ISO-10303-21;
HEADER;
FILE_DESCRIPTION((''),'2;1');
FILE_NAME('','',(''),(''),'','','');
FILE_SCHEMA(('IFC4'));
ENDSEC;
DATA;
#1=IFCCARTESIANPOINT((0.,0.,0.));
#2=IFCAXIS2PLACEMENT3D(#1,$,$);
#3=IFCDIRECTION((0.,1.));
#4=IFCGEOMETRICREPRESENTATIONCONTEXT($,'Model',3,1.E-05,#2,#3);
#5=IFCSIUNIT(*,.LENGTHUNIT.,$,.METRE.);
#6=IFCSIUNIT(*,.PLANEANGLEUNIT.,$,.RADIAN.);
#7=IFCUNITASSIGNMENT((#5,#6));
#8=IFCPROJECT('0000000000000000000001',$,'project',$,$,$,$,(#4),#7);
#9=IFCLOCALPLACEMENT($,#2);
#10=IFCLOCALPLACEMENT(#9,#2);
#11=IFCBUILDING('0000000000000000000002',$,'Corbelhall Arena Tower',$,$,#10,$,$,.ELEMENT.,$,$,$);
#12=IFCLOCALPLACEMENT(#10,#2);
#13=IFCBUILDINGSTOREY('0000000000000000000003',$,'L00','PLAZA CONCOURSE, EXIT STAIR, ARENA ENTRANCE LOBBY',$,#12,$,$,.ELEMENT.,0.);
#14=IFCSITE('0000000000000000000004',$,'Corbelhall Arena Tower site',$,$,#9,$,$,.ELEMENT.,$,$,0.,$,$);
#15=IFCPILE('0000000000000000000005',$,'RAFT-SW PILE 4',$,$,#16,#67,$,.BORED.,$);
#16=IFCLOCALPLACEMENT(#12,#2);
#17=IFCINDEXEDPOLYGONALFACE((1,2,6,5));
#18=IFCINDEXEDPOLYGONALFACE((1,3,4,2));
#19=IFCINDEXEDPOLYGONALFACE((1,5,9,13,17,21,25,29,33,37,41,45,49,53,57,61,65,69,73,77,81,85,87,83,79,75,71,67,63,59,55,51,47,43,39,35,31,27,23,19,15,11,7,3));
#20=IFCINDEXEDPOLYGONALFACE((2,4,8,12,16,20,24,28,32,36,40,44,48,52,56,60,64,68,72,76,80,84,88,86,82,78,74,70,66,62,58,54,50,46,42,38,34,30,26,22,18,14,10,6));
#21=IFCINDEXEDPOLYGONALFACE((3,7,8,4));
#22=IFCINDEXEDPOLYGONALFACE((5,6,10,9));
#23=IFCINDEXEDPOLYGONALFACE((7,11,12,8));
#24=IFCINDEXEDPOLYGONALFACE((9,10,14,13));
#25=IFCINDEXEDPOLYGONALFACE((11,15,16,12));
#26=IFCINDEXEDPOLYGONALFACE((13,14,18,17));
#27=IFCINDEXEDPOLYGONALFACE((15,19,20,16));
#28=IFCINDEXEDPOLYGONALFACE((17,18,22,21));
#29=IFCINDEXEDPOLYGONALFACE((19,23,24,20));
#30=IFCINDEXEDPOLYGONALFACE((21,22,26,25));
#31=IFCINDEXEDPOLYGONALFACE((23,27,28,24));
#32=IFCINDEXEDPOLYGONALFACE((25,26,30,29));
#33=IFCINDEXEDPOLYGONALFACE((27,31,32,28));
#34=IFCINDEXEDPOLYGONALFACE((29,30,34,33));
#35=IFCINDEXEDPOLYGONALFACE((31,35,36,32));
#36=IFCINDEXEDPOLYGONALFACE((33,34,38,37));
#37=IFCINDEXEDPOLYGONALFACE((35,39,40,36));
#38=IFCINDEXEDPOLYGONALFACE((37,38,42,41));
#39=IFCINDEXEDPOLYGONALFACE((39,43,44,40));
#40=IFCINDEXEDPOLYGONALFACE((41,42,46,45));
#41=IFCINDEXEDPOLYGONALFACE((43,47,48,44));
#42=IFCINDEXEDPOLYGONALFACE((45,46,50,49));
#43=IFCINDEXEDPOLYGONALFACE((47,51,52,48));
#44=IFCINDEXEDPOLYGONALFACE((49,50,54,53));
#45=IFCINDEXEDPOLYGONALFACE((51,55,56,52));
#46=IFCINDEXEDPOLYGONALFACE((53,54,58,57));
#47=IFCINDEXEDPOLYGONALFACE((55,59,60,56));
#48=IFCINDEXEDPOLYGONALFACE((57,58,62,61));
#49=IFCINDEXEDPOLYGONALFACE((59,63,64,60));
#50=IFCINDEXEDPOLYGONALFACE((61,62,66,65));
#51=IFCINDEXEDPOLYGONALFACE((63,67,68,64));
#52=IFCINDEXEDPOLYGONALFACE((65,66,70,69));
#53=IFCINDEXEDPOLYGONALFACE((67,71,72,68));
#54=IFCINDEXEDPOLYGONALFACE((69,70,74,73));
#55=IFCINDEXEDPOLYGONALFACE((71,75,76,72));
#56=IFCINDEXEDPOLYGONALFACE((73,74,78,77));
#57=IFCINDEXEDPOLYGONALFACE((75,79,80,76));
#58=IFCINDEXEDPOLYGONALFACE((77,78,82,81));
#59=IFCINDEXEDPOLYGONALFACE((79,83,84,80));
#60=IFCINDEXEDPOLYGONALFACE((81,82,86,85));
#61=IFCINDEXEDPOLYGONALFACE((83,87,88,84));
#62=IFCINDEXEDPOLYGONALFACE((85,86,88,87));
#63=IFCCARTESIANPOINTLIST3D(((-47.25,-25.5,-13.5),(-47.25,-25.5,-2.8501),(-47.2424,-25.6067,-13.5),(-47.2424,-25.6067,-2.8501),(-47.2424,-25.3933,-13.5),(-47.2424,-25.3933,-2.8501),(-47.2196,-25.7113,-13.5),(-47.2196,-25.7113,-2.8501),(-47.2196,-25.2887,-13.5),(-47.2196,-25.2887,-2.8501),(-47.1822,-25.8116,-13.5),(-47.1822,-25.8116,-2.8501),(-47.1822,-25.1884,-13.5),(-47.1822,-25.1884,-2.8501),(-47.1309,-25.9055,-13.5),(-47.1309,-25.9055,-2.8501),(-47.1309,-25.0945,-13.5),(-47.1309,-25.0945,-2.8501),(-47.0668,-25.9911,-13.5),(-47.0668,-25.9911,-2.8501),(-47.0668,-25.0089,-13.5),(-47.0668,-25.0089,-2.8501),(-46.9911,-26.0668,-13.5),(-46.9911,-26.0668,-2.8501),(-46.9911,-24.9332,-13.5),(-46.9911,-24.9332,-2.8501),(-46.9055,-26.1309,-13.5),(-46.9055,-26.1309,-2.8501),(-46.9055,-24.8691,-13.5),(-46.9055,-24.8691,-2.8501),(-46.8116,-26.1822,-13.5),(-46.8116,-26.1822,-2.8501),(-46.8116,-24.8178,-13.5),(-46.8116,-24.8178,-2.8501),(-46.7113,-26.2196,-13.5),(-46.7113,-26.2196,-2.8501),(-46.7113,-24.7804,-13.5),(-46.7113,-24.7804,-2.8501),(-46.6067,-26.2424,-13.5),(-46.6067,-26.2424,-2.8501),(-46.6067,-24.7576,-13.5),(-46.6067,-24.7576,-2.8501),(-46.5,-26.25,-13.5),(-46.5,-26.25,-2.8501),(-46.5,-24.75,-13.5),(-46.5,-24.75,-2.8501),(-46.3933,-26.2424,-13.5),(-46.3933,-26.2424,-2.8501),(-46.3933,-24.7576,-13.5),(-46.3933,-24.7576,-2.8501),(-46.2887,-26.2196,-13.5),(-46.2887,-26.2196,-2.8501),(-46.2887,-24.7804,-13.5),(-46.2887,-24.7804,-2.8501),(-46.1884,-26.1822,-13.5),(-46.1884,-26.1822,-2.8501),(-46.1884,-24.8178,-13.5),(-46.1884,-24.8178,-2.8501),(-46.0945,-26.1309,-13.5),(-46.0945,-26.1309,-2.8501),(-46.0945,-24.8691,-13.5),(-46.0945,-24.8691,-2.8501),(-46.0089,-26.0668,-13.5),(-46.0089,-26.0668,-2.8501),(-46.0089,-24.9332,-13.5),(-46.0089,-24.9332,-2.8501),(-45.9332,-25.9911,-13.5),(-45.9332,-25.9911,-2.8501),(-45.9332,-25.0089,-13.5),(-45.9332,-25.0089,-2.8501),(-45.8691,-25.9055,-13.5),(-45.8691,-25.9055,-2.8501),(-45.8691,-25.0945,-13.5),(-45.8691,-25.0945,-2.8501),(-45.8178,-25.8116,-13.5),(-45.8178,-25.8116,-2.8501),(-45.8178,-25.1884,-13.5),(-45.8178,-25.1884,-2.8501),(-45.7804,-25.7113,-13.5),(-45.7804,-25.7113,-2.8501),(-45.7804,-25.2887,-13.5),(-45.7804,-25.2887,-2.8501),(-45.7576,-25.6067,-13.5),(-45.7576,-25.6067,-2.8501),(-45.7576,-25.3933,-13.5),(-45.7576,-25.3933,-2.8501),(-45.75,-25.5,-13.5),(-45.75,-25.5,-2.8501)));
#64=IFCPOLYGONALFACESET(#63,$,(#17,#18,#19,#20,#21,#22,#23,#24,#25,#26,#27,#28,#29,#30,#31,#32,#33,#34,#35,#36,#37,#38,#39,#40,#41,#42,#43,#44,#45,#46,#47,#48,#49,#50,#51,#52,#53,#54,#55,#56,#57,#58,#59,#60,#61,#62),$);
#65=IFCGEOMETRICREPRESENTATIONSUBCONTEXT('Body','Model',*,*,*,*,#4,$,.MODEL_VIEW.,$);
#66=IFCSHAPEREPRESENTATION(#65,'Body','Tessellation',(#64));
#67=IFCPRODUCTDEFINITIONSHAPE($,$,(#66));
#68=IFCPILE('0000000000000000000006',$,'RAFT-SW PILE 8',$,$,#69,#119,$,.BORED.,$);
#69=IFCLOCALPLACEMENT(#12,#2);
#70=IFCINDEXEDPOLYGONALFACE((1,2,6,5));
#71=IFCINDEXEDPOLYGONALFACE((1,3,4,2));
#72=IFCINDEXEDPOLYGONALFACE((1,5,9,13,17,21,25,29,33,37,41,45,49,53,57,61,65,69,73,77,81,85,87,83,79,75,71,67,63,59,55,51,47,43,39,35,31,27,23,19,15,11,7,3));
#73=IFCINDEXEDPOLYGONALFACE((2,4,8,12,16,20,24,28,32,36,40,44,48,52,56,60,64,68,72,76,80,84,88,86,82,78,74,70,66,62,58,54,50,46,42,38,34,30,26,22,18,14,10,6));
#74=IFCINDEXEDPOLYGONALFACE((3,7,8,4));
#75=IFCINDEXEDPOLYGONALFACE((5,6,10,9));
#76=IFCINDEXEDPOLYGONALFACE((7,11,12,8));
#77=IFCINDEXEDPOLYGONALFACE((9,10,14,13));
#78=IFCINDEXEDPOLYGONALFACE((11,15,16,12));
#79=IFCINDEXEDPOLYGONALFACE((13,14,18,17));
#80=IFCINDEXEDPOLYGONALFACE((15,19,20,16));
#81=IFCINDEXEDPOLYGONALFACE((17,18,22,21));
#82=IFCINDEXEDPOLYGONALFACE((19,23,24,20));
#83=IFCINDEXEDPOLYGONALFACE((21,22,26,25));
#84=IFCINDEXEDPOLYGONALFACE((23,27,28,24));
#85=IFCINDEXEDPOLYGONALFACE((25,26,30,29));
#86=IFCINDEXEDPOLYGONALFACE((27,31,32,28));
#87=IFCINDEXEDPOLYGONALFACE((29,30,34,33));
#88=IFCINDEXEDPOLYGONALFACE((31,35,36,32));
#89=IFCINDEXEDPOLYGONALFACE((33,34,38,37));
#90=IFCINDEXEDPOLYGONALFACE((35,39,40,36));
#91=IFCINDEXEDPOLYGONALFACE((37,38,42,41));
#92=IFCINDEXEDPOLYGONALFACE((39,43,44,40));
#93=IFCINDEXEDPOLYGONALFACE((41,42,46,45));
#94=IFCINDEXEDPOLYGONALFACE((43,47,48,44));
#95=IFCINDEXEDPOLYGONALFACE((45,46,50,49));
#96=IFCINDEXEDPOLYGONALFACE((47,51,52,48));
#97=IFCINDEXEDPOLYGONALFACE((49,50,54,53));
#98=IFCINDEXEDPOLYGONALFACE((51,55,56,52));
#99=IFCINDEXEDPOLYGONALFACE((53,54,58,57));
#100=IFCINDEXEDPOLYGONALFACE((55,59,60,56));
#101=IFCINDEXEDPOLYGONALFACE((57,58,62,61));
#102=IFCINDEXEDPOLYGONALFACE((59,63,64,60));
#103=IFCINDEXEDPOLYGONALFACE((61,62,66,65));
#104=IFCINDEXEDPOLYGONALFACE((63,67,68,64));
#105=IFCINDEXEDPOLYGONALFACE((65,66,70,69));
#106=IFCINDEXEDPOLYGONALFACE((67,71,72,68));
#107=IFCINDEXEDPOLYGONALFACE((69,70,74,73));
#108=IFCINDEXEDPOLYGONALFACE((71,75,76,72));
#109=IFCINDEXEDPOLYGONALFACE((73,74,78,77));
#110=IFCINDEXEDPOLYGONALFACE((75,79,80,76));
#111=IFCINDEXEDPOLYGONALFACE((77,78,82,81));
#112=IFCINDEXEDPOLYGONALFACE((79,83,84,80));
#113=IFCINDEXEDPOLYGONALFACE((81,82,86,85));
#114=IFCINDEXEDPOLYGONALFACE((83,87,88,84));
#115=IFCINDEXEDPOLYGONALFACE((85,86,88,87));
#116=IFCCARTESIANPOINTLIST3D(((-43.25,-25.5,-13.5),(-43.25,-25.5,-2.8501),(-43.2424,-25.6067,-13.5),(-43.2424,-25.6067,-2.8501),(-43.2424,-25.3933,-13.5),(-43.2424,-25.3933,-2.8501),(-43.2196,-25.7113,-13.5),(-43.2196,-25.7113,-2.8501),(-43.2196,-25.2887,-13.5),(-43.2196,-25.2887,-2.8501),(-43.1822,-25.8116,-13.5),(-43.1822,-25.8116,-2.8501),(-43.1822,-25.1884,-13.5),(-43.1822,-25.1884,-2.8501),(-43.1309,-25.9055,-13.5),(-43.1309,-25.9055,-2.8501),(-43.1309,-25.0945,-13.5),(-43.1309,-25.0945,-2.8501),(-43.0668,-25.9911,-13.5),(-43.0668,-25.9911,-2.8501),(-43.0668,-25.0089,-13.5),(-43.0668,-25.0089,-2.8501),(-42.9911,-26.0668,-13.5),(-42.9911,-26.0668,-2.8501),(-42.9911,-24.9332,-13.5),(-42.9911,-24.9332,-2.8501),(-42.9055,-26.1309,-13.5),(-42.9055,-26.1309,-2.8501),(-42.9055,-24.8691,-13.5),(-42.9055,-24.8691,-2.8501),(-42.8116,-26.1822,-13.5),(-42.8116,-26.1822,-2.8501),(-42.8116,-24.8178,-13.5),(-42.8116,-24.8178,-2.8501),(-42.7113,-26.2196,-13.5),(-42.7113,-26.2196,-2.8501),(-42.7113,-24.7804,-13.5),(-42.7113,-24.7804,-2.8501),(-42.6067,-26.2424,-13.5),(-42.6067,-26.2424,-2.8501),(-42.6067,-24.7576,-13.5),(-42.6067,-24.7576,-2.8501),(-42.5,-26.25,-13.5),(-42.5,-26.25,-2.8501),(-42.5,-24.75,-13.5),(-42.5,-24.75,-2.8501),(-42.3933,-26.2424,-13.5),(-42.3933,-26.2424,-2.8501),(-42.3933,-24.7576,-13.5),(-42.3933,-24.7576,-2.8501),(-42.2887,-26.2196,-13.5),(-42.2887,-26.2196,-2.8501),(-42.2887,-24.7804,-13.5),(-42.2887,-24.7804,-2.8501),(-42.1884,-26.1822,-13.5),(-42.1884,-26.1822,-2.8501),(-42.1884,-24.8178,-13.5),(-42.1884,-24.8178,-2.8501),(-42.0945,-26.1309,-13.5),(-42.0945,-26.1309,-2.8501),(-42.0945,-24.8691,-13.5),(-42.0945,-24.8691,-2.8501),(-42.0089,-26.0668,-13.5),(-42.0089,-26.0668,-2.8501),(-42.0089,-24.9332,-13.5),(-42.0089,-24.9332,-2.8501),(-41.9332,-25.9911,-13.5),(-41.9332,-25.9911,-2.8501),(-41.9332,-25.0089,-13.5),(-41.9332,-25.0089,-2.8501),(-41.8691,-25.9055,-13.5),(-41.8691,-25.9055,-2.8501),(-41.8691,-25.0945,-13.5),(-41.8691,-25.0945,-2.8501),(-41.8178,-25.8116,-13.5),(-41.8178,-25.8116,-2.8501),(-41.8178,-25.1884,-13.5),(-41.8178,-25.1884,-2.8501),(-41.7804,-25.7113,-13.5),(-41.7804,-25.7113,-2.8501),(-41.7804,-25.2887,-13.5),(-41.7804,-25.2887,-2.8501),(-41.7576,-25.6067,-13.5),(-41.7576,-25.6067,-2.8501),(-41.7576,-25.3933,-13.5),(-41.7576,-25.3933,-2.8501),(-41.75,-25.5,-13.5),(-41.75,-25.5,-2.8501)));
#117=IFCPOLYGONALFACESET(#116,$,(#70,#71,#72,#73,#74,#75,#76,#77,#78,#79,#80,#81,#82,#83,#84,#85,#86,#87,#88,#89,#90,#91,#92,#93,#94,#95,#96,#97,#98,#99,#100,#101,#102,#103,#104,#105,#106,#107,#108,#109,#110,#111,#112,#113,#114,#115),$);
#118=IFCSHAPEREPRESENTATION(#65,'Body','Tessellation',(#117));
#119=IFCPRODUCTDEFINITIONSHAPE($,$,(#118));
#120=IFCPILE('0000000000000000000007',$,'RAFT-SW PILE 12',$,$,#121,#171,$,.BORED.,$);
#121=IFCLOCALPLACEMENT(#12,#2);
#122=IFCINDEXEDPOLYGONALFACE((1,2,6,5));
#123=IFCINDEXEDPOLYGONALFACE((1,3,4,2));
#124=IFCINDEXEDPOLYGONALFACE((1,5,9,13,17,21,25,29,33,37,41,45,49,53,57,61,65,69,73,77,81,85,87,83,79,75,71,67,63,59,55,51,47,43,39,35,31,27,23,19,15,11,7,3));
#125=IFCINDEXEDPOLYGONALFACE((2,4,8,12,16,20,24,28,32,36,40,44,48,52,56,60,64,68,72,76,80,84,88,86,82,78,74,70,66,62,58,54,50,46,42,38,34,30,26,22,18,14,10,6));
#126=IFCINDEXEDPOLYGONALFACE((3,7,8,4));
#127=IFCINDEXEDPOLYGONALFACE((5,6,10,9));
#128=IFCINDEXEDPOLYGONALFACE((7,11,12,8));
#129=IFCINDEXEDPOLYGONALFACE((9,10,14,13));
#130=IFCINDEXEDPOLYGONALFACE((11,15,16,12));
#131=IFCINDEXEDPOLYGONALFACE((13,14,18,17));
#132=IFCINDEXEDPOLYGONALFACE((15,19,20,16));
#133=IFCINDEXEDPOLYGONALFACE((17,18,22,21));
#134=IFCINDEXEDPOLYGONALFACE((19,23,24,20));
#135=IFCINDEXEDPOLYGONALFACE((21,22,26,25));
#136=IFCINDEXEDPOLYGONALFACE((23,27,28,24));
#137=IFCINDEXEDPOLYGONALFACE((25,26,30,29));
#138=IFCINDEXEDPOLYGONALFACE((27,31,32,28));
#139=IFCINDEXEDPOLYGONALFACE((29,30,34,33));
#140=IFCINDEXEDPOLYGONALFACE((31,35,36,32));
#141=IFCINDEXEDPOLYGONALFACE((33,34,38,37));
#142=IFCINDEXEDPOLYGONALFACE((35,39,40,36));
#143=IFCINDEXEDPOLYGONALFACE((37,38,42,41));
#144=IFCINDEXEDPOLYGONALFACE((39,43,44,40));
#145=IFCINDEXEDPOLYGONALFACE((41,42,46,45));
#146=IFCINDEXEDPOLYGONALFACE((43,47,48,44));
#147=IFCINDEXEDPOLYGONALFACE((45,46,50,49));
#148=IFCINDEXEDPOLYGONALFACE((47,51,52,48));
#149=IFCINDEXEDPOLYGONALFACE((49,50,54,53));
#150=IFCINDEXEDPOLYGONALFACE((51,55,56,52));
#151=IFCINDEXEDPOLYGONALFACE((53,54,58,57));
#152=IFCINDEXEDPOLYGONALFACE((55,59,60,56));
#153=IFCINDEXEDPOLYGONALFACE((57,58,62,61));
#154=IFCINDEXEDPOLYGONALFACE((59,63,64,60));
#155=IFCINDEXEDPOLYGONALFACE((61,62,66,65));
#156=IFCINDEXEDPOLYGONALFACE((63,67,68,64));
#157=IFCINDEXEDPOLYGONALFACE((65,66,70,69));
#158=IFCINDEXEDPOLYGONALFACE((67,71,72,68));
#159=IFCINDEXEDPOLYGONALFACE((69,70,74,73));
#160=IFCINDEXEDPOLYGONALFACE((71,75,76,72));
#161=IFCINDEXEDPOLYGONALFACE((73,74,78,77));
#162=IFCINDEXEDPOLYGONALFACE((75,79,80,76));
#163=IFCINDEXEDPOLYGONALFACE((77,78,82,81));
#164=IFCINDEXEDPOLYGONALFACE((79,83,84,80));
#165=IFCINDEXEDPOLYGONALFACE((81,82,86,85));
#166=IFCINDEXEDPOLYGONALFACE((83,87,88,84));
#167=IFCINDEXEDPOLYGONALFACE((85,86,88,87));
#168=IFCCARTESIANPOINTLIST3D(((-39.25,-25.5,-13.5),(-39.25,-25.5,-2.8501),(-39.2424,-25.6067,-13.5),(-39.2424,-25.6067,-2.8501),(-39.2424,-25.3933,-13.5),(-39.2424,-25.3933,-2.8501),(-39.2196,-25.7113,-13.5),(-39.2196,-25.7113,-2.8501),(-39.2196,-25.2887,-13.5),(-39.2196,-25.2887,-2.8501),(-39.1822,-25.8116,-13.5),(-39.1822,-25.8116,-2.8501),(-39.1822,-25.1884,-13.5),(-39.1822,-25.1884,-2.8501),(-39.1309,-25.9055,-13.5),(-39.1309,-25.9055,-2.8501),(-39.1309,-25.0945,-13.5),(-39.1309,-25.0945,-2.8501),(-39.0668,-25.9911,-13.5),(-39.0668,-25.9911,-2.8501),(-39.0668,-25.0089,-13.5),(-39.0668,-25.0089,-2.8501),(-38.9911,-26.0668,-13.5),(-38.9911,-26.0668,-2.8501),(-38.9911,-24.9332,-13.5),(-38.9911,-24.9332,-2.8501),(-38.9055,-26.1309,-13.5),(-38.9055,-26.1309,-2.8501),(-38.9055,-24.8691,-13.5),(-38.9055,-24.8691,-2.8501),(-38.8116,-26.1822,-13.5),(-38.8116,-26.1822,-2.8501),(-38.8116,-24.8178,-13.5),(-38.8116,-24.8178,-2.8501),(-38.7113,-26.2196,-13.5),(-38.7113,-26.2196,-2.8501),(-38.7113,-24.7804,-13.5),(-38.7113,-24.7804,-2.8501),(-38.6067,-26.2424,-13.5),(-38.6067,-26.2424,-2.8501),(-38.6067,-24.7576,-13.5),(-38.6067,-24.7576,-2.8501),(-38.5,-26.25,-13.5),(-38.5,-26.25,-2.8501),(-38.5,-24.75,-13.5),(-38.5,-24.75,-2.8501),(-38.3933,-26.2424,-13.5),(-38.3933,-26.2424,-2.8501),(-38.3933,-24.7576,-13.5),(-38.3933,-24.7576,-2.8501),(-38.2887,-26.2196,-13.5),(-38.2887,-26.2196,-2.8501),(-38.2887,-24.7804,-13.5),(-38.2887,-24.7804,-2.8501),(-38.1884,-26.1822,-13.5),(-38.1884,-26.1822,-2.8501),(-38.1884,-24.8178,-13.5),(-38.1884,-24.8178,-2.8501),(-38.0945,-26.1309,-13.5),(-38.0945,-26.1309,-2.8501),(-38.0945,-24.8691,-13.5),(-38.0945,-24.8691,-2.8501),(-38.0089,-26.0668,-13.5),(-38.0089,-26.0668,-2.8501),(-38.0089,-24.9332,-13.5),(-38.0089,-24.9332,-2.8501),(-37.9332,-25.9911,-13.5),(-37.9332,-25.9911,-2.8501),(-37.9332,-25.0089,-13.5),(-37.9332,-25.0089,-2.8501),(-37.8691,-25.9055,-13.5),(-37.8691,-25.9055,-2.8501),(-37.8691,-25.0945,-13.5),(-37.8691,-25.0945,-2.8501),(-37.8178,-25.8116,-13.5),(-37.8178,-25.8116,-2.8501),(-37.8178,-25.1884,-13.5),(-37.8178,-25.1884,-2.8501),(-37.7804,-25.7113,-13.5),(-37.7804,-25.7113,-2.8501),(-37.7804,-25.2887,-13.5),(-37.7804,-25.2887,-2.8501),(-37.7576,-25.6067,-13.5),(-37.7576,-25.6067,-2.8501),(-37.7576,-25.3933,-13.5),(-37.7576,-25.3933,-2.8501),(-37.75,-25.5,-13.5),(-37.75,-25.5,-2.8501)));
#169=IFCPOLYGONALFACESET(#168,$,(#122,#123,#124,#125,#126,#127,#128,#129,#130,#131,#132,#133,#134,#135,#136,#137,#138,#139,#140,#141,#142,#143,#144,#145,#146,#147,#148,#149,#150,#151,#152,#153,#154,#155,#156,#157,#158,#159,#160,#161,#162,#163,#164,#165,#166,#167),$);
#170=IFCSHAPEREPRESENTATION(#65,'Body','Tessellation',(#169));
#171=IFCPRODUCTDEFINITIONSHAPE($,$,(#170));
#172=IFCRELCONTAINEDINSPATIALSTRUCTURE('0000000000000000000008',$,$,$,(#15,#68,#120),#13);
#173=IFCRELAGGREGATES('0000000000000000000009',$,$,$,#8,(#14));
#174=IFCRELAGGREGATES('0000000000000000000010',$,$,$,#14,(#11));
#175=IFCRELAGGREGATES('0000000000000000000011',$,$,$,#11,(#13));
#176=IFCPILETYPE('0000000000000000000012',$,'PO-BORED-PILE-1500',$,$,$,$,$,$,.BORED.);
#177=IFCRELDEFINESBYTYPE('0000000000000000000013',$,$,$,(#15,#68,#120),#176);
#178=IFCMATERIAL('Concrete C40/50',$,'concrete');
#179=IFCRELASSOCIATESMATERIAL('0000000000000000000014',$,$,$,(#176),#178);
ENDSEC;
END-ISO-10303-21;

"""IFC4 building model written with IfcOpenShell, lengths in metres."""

from ifc_helpers import new_model, si_unit, direction, frame, origin, origin_2d, place, context, subcontext, project, spatial, circle, extrude, material, material_profile, profile_set, type_object, element, save


model = new_model("IFC4")

# Units and contexts
model_context = context("Model", 3, precision=1e-05, world=origin(), true_north=direction((0.0, 1.0)))
body_context = subcontext(model_context, "Body", "Model", "MODEL_VIEW")
ifc_project = project(units=[si_unit("LENGTHUNIT", "METRE"), si_unit("PLANEANGLEUNIT", "RADIAN")], contexts=[model_context])

# Site, building, storey
site_placement = place(None, origin())
site = spatial("IfcSite", under=ifc_project, at=site_placement, Name="Corbelhall Arena Tower site", CompositionType="ELEMENT", RefElevation=0.0)
building_placement = place(site_placement, origin())
building = spatial("IfcBuilding", under=site, at=building_placement, Name="Corbelhall Arena Tower", CompositionType="ELEMENT")
storey_placement = place(building_placement, origin())
storey = spatial("IfcBuildingStorey", under=building, at=storey_placement, Name="L00", Description="PLAZA CONCOURSE, EXIT STAIR, ARENA ENTRANCE LOBBY", CompositionType="ELEMENT", Elevation=0.0)

# Piles
ifc_material_1 = material(Name="Concrete C40/50", Category="concrete")
ifc_material_profile_1 = material_profile(ifc_material_1, circle(Radius=0.75, at=origin_2d()))
ifc_profile_set_1 = profile_set([ifc_material_profile_1], Name="Concrete C40/50")
pile_type = type_object("IfcPileType", Name="PO-BORED-PILE-1500", PredefinedType="BORED", material=ifc_profile_set_1)
for number, where, z_axis, x_axis, name in (
    (1, (-46.5, -25.5, -2.8501), (0.0, 0.0, -1.0), (1.0, 0.0, 0.0), "RAFT-SW PILE 4"),
    (2, (-42.5, -25.5, -2.8501), (0.0, 0.0, -1.0), (1.0, 0.0, 0.0), "RAFT-SW PILE 8"),
    (3, (-38.5, -25.5, -2.8501), (0.0, 0.0, -1.0), (1.0, 0.0, 0.0), "RAFT-SW PILE 12"),
):
    element("IfcPile", number, at=place(storey_placement, frame(where, z_axis=z_axis, x_axis=x_axis)), inside=storey, type_object=pile_type, Name=name, PredefinedType="BORED", context=body_context, shape_type="SweptSolid", body=[
        extrude(circle(Radius=0.75, at=origin_2d()), origin(), (0.0, 0.0, 1.0), 10.6499),
    ])

save(model, "model.ifc")
